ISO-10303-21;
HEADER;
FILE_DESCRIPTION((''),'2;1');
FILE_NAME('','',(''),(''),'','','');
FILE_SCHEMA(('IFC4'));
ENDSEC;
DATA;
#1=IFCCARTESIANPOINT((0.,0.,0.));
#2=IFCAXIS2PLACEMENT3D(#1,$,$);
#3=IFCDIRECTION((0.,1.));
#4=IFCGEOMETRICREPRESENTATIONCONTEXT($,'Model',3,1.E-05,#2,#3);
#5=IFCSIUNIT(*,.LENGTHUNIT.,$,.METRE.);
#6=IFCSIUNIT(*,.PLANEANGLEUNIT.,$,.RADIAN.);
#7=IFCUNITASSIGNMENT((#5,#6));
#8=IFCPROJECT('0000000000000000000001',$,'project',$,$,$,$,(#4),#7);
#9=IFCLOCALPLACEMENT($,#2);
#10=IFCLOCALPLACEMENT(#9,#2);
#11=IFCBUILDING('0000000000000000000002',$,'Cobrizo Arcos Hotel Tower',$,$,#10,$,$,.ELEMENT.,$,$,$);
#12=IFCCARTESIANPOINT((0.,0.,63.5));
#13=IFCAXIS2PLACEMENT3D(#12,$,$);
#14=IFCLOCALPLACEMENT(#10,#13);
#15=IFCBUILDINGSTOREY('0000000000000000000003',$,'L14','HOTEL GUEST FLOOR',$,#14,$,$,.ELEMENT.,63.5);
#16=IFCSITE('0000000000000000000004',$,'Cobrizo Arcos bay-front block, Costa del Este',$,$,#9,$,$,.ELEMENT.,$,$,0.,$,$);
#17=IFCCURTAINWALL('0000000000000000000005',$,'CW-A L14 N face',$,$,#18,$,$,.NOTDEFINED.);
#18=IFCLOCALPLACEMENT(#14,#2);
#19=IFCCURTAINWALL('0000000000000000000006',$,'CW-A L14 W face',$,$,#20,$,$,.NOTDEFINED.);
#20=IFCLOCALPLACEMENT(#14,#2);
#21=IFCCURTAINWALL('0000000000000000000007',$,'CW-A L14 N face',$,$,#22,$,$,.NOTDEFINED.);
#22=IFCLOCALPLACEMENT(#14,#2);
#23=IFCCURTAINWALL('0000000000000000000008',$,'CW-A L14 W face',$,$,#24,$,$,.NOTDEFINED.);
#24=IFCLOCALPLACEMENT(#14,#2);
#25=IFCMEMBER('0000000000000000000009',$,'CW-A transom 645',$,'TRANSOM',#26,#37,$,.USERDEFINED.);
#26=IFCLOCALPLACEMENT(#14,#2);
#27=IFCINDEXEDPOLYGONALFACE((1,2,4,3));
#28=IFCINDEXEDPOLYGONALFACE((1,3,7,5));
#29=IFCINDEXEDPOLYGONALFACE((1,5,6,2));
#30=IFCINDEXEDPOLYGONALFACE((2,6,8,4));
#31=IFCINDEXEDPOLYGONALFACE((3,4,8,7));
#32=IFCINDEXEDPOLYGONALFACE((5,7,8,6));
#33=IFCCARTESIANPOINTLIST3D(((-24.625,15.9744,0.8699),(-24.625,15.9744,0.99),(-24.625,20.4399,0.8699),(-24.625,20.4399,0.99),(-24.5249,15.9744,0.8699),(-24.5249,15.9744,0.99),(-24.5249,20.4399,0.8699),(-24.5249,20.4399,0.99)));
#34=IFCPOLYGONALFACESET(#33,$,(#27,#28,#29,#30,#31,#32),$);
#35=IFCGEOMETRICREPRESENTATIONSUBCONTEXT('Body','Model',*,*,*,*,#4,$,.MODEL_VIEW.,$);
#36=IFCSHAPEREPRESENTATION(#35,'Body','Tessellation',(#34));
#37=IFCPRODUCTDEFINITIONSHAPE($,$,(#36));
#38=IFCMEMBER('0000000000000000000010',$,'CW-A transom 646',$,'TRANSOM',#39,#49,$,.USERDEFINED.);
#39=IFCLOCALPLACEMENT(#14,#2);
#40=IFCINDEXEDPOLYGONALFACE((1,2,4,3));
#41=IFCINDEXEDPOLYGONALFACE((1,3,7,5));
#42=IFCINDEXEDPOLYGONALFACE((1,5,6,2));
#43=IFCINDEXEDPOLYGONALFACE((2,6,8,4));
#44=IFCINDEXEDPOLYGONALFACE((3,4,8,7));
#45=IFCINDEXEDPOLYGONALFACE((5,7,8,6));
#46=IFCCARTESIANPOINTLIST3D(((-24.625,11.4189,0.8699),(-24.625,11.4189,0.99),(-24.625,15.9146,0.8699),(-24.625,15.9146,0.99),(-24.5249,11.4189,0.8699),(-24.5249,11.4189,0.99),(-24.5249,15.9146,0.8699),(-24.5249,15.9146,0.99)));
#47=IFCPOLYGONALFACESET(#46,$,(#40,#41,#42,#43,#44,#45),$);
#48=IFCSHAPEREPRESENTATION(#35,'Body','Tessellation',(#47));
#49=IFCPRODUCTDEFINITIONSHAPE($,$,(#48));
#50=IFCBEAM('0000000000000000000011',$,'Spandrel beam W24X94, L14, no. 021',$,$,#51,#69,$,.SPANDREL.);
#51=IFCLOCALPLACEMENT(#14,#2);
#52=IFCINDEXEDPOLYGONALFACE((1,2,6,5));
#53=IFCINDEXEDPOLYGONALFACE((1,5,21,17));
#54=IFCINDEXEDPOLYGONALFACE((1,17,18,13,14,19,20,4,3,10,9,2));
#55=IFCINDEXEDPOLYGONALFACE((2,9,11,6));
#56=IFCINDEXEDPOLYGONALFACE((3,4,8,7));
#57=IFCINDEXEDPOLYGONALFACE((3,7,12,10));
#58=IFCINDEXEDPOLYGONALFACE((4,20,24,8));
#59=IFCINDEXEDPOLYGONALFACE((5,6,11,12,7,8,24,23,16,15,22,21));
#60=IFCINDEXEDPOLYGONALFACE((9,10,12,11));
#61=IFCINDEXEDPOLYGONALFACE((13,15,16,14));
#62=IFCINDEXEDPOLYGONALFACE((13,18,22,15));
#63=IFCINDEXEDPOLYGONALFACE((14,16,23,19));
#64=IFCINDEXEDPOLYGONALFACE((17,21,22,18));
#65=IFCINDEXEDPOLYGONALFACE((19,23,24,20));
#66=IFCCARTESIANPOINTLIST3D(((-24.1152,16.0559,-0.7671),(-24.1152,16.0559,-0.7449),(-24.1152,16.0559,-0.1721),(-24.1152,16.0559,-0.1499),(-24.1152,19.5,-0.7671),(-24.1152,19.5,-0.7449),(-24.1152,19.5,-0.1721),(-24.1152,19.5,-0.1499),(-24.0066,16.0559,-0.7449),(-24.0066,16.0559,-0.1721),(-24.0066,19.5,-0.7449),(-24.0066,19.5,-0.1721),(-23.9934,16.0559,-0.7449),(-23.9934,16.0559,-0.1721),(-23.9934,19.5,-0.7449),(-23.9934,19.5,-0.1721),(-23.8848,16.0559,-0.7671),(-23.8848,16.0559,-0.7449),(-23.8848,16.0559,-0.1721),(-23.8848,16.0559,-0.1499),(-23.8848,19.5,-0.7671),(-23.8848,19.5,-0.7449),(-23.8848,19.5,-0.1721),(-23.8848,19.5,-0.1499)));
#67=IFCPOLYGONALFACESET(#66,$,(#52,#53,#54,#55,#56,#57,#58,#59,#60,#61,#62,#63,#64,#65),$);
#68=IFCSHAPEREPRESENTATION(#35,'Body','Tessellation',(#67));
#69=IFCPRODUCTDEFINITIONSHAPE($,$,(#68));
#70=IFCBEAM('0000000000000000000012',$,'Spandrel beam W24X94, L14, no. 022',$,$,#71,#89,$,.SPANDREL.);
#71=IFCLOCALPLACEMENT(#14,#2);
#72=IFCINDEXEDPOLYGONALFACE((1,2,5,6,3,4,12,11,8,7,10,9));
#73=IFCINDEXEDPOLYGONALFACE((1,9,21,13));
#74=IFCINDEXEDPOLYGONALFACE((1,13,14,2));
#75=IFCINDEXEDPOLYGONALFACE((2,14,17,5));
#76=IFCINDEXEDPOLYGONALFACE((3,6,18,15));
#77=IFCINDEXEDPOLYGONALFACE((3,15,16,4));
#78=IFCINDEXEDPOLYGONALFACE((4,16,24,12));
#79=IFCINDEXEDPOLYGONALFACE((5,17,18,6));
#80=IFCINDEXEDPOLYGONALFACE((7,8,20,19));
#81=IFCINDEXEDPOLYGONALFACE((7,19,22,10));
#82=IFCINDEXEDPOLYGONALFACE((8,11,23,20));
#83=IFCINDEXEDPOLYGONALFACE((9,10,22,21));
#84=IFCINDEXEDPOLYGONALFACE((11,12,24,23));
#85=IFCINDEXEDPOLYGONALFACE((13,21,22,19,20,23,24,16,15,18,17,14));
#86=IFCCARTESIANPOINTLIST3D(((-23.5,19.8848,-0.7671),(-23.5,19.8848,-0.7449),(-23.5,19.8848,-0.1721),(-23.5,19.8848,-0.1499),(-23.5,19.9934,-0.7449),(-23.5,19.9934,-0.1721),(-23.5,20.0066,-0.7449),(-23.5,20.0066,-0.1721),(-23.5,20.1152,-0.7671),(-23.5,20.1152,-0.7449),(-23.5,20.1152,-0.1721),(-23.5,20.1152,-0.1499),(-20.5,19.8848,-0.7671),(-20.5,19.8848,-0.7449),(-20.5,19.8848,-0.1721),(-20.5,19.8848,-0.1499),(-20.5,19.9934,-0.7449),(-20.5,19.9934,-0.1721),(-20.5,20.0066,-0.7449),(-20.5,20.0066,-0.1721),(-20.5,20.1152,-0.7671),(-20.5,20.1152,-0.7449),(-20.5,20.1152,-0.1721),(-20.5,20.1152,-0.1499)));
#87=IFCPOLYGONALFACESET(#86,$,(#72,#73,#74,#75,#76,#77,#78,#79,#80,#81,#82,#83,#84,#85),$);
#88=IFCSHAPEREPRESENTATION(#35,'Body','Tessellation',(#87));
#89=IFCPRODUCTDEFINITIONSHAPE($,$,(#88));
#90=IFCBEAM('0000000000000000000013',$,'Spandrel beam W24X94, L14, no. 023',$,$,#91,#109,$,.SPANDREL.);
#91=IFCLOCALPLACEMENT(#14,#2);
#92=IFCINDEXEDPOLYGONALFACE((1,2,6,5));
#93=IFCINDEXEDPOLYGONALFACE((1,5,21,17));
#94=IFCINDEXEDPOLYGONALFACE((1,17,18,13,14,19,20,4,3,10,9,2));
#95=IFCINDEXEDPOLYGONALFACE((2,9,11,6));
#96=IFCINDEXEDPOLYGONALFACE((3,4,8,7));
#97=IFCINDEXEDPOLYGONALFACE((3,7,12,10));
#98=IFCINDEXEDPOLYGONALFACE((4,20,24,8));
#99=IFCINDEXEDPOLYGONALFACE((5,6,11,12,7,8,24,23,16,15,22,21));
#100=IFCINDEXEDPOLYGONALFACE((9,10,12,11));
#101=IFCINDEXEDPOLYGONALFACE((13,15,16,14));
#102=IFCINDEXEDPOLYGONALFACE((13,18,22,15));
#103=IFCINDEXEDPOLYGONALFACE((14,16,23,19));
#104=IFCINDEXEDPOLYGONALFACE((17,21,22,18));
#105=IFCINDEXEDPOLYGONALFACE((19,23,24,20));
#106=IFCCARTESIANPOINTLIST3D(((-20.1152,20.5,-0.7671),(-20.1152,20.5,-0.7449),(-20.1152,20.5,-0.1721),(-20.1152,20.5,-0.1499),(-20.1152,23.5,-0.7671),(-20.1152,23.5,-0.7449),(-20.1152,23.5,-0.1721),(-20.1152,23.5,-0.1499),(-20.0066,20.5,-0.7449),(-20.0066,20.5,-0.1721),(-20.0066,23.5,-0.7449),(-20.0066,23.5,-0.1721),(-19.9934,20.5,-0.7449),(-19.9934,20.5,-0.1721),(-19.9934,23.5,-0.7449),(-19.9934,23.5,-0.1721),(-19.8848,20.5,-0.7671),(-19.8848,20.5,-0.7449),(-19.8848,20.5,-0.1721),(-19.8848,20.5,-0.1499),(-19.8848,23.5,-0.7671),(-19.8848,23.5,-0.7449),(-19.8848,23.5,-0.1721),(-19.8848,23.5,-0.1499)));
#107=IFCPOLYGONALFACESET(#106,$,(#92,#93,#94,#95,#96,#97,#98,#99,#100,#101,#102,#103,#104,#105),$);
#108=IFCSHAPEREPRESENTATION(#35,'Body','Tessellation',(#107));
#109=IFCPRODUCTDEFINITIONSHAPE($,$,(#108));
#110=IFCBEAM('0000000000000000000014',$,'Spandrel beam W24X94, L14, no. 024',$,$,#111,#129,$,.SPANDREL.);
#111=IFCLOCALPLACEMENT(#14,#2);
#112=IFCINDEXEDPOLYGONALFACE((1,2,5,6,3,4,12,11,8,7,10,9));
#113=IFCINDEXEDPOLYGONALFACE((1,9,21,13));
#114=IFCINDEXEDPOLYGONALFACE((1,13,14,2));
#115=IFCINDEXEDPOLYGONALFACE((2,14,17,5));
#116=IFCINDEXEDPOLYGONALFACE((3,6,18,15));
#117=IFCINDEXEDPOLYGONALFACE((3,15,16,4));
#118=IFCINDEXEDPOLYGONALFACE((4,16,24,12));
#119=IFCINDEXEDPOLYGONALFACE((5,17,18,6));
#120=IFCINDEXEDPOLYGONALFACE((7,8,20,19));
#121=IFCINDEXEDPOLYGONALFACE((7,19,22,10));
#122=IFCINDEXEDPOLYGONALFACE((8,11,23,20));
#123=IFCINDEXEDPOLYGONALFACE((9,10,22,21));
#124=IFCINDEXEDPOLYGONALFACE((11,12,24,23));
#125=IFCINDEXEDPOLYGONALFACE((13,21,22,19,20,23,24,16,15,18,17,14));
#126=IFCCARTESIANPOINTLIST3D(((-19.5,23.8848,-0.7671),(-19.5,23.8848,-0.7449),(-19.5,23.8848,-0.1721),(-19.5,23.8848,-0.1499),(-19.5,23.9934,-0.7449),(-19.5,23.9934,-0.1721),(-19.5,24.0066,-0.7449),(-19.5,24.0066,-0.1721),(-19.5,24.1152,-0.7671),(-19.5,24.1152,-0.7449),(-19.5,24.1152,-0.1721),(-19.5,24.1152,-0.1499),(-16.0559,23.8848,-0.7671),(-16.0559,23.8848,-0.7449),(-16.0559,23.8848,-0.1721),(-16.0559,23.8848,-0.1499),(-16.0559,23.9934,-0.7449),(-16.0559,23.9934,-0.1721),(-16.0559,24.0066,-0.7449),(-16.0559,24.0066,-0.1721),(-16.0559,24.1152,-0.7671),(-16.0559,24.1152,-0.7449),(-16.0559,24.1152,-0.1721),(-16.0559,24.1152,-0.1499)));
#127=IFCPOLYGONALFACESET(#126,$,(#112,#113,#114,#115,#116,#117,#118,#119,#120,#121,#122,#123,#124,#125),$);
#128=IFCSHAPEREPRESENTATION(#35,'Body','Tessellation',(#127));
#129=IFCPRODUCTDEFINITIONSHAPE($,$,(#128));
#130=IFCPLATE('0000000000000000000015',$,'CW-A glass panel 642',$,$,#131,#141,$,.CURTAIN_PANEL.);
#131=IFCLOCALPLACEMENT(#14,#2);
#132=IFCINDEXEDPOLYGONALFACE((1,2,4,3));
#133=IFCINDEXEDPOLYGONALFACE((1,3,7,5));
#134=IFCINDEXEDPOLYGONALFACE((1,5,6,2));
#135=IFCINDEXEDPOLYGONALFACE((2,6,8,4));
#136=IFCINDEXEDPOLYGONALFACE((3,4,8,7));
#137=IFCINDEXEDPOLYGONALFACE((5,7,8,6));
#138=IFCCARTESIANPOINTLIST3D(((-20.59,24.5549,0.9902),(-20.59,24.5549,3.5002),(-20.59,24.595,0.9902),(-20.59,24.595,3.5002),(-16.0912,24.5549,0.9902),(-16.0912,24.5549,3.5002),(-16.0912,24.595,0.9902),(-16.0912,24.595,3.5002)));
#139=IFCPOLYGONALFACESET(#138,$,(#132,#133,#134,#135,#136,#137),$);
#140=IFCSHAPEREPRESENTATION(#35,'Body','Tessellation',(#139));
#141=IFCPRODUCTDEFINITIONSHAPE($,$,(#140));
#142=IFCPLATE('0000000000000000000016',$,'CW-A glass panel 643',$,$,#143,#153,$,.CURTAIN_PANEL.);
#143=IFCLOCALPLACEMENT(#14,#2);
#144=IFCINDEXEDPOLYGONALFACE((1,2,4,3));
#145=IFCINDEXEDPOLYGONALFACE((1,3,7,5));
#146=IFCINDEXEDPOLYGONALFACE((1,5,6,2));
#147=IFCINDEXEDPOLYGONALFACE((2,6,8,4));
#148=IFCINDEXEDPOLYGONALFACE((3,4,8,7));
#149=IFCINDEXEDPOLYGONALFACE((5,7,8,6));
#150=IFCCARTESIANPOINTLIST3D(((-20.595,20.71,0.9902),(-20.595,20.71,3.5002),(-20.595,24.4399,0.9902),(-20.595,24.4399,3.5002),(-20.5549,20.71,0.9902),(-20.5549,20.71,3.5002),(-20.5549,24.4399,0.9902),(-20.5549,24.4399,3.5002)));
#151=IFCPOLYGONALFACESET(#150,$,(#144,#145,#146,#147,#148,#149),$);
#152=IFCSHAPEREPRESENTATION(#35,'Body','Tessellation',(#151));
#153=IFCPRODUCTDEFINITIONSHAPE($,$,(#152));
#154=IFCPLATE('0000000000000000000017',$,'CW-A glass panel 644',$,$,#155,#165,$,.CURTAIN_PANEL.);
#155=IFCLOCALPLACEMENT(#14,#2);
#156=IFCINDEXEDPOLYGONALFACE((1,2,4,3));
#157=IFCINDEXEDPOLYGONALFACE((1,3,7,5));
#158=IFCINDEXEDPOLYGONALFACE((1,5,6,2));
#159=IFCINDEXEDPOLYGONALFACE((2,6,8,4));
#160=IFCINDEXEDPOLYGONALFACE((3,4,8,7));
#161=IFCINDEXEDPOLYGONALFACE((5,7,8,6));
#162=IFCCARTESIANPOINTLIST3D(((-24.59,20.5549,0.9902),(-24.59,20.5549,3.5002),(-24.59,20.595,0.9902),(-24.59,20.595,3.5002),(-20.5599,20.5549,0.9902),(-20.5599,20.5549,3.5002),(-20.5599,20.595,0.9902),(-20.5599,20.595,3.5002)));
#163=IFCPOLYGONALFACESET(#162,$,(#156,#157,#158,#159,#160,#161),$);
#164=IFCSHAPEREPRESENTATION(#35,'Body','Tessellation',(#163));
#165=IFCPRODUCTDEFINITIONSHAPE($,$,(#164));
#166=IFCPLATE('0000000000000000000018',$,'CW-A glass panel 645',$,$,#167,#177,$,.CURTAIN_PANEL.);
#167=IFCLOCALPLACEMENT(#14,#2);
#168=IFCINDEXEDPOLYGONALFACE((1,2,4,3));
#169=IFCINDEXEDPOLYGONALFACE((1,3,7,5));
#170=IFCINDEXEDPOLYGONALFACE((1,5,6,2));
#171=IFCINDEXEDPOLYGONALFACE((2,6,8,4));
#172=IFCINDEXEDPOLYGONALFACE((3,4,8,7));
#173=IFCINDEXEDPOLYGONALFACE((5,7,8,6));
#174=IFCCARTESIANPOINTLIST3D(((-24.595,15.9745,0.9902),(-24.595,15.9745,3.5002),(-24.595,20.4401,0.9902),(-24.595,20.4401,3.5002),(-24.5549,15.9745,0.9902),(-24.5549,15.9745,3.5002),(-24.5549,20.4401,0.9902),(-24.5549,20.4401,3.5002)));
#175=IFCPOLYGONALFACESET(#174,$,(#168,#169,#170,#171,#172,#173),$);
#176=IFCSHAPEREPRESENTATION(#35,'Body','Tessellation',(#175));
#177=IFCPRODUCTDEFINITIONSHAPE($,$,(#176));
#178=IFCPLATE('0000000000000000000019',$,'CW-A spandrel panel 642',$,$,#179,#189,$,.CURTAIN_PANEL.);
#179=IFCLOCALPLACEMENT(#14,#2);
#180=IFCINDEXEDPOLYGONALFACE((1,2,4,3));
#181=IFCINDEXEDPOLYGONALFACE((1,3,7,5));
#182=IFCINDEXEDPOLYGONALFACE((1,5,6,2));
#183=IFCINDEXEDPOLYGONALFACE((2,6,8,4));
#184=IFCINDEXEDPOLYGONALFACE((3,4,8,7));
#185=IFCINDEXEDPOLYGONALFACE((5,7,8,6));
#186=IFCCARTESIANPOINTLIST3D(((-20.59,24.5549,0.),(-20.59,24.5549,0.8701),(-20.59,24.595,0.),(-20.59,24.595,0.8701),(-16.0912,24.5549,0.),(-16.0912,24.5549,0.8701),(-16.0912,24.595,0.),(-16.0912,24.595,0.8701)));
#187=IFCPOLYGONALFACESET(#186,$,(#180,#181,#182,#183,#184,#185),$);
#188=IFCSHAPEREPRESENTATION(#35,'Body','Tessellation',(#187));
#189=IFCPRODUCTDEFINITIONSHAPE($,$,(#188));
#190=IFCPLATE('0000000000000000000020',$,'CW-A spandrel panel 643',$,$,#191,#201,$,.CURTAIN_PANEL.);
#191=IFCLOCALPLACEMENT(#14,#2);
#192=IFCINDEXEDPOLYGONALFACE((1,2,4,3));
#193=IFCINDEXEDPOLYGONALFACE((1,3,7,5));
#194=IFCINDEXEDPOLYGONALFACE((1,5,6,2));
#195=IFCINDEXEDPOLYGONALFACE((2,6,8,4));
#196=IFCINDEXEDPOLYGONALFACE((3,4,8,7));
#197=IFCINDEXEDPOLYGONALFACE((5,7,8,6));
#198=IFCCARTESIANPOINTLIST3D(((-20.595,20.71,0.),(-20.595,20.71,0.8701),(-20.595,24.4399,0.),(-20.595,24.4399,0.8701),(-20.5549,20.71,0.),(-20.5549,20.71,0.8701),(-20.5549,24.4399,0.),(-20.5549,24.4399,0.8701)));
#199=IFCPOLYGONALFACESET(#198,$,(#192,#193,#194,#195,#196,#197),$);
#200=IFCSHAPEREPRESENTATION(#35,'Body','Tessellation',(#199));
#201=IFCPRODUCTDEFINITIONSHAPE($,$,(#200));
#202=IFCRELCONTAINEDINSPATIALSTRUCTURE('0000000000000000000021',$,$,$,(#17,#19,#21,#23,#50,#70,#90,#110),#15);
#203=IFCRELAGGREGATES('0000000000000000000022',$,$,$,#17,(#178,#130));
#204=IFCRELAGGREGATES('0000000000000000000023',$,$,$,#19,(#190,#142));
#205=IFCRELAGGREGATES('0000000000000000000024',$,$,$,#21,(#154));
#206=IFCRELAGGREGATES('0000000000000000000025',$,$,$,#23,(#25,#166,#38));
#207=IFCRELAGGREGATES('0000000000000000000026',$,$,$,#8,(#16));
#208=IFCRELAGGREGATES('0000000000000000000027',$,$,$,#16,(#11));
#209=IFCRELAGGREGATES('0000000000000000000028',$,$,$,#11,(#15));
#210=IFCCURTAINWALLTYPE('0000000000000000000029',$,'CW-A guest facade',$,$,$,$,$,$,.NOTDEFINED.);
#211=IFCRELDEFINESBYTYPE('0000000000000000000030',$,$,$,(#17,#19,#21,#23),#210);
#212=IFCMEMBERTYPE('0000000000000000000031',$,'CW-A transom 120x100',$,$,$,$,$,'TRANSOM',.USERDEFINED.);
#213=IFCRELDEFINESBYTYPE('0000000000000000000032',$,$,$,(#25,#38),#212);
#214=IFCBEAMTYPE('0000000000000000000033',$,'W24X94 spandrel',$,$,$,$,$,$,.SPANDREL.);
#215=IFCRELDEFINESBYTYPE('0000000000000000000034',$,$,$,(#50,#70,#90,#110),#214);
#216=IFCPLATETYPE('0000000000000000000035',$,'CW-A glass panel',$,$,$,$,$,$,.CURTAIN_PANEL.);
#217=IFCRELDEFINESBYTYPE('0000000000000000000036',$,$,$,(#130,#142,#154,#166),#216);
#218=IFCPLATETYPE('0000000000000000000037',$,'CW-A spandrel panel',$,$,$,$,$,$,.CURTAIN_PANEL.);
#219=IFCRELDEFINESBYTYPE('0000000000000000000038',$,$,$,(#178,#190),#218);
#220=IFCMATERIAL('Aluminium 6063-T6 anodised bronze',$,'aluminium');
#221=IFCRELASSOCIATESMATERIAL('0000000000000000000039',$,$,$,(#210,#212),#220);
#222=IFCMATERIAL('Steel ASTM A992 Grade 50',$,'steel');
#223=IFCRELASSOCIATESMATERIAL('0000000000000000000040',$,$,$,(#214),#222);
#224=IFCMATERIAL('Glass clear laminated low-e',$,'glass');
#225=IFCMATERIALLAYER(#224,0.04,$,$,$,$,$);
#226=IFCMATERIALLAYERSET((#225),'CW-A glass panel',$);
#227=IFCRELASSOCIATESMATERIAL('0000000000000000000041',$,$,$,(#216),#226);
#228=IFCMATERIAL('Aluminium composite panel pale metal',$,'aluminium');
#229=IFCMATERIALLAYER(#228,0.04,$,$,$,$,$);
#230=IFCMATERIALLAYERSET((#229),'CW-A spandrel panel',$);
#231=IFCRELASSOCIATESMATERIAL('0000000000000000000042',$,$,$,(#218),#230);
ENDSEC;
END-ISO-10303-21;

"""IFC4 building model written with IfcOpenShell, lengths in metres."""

from ifc_helpers import new_model, si_unit, direction, frame, origin, origin_2d, place, context, subcontext, project, spatial, rectangle, i_section, extrude, material, layer, layer_set, material_profile, profile_set, type_object, element, aggregate, save


model = new_model("IFC4")

# Units and contexts
model_context = context("Model", 3, precision=1e-05, world=origin(), true_north=direction((0.0, 1.0)))
body_context = subcontext(model_context, "Body", "Model", "MODEL_VIEW")
ifc_project = project(units=[si_unit("LENGTHUNIT", "METRE"), si_unit("PLANEANGLEUNIT", "RADIAN")], contexts=[model_context])

# Site, building, storey
site_placement = place(None, origin())
site = spatial("IfcSite", under=ifc_project, at=site_placement, Name="Cobrizo Arcos bay-front block, Costa del Este", CompositionType="ELEMENT", RefElevation=0.0)
building_placement = place(site_placement, origin())
building = spatial("IfcBuilding", under=site, at=building_placement, Name="Cobrizo Arcos Hotel Tower", CompositionType="ELEMENT")
storey_placement = place(building_placement, frame((0.0, 0.0, 63.5)))
storey = spatial("IfcBuildingStorey", under=building, at=storey_placement, Name="L14", Description="HOTEL GUEST FLOOR", CompositionType="ELEMENT", Elevation=63.5)

# Curtain wall
ifc_material_1 = material(Name="Aluminium 6063-T6 anodised bronze", Category="aluminium")
curtain_wall_type = type_object("IfcCurtainWallType", Name="CW-A guest facade", PredefinedType="NOTDEFINED", material=ifc_material_1)
curtain_wall_1_placement = place(storey_placement, origin())
curtain_wall_1 = element("IfcCurtainWall", 1, at=curtain_wall_1_placement, inside=storey, type_object=curtain_wall_type, Name="CW-A L14 N face", PredefinedType="NOTDEFINED")

# Curtain walls
curtain_wall_2_placement = place(storey_placement, origin())
curtain_wall_2 = element("IfcCurtainWall", 2, at=curtain_wall_2_placement, inside=storey, type_object=curtain_wall_type, Name="CW-A L14 W face", PredefinedType="NOTDEFINED")
curtain_wall_3_placement = place(storey_placement, origin())
curtain_wall_3 = element("IfcCurtainWall", 3, at=curtain_wall_3_placement, inside=storey, type_object=curtain_wall_type, Name="CW-A L14 N face", PredefinedType="NOTDEFINED")
curtain_wall_4_placement = place(storey_placement, origin())
curtain_wall_4 = element("IfcCurtainWall", 4, at=curtain_wall_4_placement, inside=storey, type_object=curtain_wall_type, Name="CW-A L14 W face", PredefinedType="NOTDEFINED")

# Members
ifc_material_profile_1 = material_profile(ifc_material_1, rectangle(XDim=0.1001, YDim=0.1201, at=origin_2d()), Name="CW-A transom 120x100")
ifc_profile_set_1 = profile_set([ifc_material_profile_1], Name="Aluminium 6063-T6 anodised bronze")
member_type_1 = type_object("IfcMemberType", Name="CW-A transom 120x100", ElementType="TRANSOM", PredefinedType="USERDEFINED", material=ifc_profile_set_1)
member_1_placement = place(storey_placement, frame((-24.575, 20.4399, 0.9299), z_axis=(0.0, -1.0, 0.0), x_axis=(1.0, 0.0, 0.0)))
member_1 = element("IfcMember", 5, at=member_1_placement, type_object=member_type_1, Name="CW-A transom 645", ObjectType="TRANSOM", PredefinedType="USERDEFINED", context=body_context, shape_type="SweptSolid", body=[
    extrude(rectangle(XDim=0.1001, YDim=0.1201, at=origin_2d()), origin(), (0.0, 0.0, 1.0), 4.4656),
])
member_2_placement = place(storey_placement, frame((-24.575, 15.9146, 0.9299), z_axis=(0.0, -1.0, 0.0), x_axis=(1.0, 0.0, 0.0)))
member_2 = element("IfcMember", 6, at=member_2_placement, type_object=member_type_1, Name="CW-A transom 646", ObjectType="TRANSOM", PredefinedType="USERDEFINED", context=body_context, shape_type="SweptSolid", body=[
    extrude(rectangle(XDim=0.1001, YDim=0.1201, at=origin_2d()), origin(), (0.0, 0.0, 1.0), 4.4956),
])

# Beams
ifc_material_2 = material(Name="Steel ASTM A992 Grade 50", Category="steel")
ifc_material_profile_2 = material_profile(ifc_material_2, i_section(OverallWidth=0.2305, OverallDepth=0.6172, WebThickness=0.0132, FlangeThickness=0.0222, at=origin_2d()), Name="W24X94")
ifc_profile_set_2 = profile_set([ifc_material_profile_2], Name="Steel ASTM A992 Grade 50")
beam_type = type_object("IfcBeamType", Name="W24X94 spandrel", PredefinedType="SPANDREL", material=ifc_profile_set_2)
beam_1_placement = place(storey_placement, frame((-24.0, 16.0559, -0.4585), z_axis=(0.0, 1.0, 0.0), x_axis=(-1.0, 0.0, 0.0)))
element("IfcBeam", 7, at=beam_1_placement, inside=storey, type_object=beam_type, Name="Spandrel beam W24X94, L14, no. 021", PredefinedType="SPANDREL", context=body_context, shape_type="SweptSolid", body=[
    extrude(i_section(OverallWidth=0.2305, OverallDepth=0.6172, WebThickness=0.0132, FlangeThickness=0.0222, at=origin_2d()), origin(), (0.0, 0.0, 1.0), 3.4441),
])
for number, where, z_axis, x_axis, name in (
    (8, (-23.5, 20.0, -0.4585), (1.0, 0.0, 0.0), (0.0, 1.0, 0.0), "Spandrel beam W24X94, L14, no. 022"),
    (9, (-20.0, 20.5, -0.4585), (0.0, 1.0, 0.0), (-1.0, 0.0, 0.0), "Spandrel beam W24X94, L14, no. 023"),
):
    element("IfcBeam", number, at=place(storey_placement, frame(where, z_axis=z_axis, x_axis=x_axis)), inside=storey, type_object=beam_type, Name=name, PredefinedType="SPANDREL", context=body_context, shape_type="SweptSolid", body=[
        extrude(i_section(OverallWidth=0.2305, OverallDepth=0.6172, WebThickness=0.0132, FlangeThickness=0.0222, at=origin_2d()), origin(), (0.0, 0.0, 1.0), 3.0),
    ])
beam_2_placement = place(storey_placement, frame((-19.5, 24.0, -0.4585), z_axis=(1.0, 0.0, 0.0), x_axis=(0.0, 1.0, 0.0)))
element("IfcBeam", 10, at=beam_2_placement, inside=storey, type_object=beam_type, Name="Spandrel beam W24X94, L14, no. 024", PredefinedType="SPANDREL", context=body_context, shape_type="SweptSolid", body=[
    extrude(i_section(OverallWidth=0.2305, OverallDepth=0.6172, WebThickness=0.0132, FlangeThickness=0.0222, at=origin_2d()), origin(), (0.0, 0.0, 1.0), 3.4441),
])

# Plates
ifc_material_3 = material(Name="Glass clear laminated low-e", Category="glass")
ifc_layer_1 = layer(ifc_material_3, 0.04)
ifc_layer_set_1 = layer_set([ifc_layer_1], Name="CW-A glass panel")
plate_type_1 = type_object("IfcPlateType", Name="CW-A glass panel", PredefinedType="CURTAIN_PANEL", material=ifc_layer_set_1)
plate_1_placement = place(storey_placement, frame((-18.3406, 24.575, 0.9902), z_axis=(0.0, 0.0, 1.0), x_axis=(-1.0, 0.0, 0.0)))
plate_1 = element("IfcPlate", 11, at=plate_1_placement, type_object=plate_type_1, Name="CW-A glass panel 642", PredefinedType="CURTAIN_PANEL", context=body_context, shape_type="SweptSolid", body=[
    extrude(rectangle(XDim=4.4988, YDim=0.04, at=origin_2d()), origin(), (0.0, 0.0, 1.0), 2.51),
])
plate_2_placement = place(storey_placement, frame((-20.575, 22.575, 0.9902), z_axis=(0.0, 0.0, 1.0), x_axis=(0.0, -1.0, 0.0)))
plate_2 = element("IfcPlate", 12, at=plate_2_placement, type_object=plate_type_1, Name="CW-A glass panel 643", PredefinedType="CURTAIN_PANEL", context=body_context, shape_type="SweptSolid", body=[
    extrude(rectangle(XDim=3.73, YDim=0.04, at=origin_2d()), origin(), (0.0, 0.0, 1.0), 2.51),
])
plate_3_placement = place(storey_placement, frame((-22.575, 20.575, 0.9902), z_axis=(0.0, 0.0, 1.0), x_axis=(-1.0, 0.0, 0.0)))
plate_3 = element("IfcPlate", 13, at=plate_3_placement, type_object=plate_type_1, Name="CW-A glass panel 644", PredefinedType="CURTAIN_PANEL", context=body_context, shape_type="SweptSolid", body=[
    extrude(rectangle(XDim=4.03, YDim=0.04, at=origin_2d()), origin(), (0.0, 0.0, 1.0), 2.51),
])
plate_4_placement = place(storey_placement, frame((-24.575, 18.2073, 0.9902), z_axis=(0.0, 0.0, 1.0), x_axis=(0.0, -1.0, 0.0)))
plate_4 = element("IfcPlate", 14, at=plate_4_placement, type_object=plate_type_1, Name="CW-A glass panel 645", PredefinedType="CURTAIN_PANEL", context=body_context, shape_type="SweptSolid", body=[
    extrude(rectangle(XDim=4.4656, YDim=0.04, at=origin_2d()), origin(), (0.0, 0.0, 1.0), 2.51),
])
ifc_material_4 = material(Name="Aluminium composite panel pale metal", Category="aluminium")
ifc_layer_2 = layer(ifc_material_4, 0.04)
ifc_layer_set_2 = layer_set([ifc_layer_2], Name="CW-A spandrel panel")
plate_type_2 = type_object("IfcPlateType", Name="CW-A spandrel panel", PredefinedType="CURTAIN_PANEL", material=ifc_layer_set_2)
plate_5_placement = place(storey_placement, frame((-18.3406, 24.575, 0.0), z_axis=(0.0, 0.0, 1.0), x_axis=(-1.0, 0.0, 0.0)))
plate_5 = element("IfcPlate", 15, at=plate_5_placement, type_object=plate_type_2, Name="CW-A spandrel panel 642", PredefinedType="CURTAIN_PANEL", context=body_context, shape_type="SweptSolid", body=[
    extrude(rectangle(XDim=4.4988, YDim=0.04, at=origin_2d()), origin(), (0.0, 0.0, 1.0), 0.8701),
])
aggregate(curtain_wall_1, [plate_5, plate_1])
plate_6_placement = place(storey_placement, frame((-20.575, 22.575, 0.0), z_axis=(0.0, 0.0, 1.0), x_axis=(0.0, -1.0, 0.0)))
plate_6 = element("IfcPlate", 16, at=plate_6_placement, type_object=plate_type_2, Name="CW-A spandrel panel 643", PredefinedType="CURTAIN_PANEL", context=body_context, shape_type="SweptSolid", body=[
    extrude(rectangle(XDim=3.73, YDim=0.04, at=origin_2d()), origin(), (0.0, 0.0, 1.0), 0.8701),
])
aggregate(curtain_wall_2, [plate_6, plate_2])
aggregate(curtain_wall_3, [plate_3])
aggregate(curtain_wall_4, [member_1, plate_4, member_2])

save(model, "model.ifc")
